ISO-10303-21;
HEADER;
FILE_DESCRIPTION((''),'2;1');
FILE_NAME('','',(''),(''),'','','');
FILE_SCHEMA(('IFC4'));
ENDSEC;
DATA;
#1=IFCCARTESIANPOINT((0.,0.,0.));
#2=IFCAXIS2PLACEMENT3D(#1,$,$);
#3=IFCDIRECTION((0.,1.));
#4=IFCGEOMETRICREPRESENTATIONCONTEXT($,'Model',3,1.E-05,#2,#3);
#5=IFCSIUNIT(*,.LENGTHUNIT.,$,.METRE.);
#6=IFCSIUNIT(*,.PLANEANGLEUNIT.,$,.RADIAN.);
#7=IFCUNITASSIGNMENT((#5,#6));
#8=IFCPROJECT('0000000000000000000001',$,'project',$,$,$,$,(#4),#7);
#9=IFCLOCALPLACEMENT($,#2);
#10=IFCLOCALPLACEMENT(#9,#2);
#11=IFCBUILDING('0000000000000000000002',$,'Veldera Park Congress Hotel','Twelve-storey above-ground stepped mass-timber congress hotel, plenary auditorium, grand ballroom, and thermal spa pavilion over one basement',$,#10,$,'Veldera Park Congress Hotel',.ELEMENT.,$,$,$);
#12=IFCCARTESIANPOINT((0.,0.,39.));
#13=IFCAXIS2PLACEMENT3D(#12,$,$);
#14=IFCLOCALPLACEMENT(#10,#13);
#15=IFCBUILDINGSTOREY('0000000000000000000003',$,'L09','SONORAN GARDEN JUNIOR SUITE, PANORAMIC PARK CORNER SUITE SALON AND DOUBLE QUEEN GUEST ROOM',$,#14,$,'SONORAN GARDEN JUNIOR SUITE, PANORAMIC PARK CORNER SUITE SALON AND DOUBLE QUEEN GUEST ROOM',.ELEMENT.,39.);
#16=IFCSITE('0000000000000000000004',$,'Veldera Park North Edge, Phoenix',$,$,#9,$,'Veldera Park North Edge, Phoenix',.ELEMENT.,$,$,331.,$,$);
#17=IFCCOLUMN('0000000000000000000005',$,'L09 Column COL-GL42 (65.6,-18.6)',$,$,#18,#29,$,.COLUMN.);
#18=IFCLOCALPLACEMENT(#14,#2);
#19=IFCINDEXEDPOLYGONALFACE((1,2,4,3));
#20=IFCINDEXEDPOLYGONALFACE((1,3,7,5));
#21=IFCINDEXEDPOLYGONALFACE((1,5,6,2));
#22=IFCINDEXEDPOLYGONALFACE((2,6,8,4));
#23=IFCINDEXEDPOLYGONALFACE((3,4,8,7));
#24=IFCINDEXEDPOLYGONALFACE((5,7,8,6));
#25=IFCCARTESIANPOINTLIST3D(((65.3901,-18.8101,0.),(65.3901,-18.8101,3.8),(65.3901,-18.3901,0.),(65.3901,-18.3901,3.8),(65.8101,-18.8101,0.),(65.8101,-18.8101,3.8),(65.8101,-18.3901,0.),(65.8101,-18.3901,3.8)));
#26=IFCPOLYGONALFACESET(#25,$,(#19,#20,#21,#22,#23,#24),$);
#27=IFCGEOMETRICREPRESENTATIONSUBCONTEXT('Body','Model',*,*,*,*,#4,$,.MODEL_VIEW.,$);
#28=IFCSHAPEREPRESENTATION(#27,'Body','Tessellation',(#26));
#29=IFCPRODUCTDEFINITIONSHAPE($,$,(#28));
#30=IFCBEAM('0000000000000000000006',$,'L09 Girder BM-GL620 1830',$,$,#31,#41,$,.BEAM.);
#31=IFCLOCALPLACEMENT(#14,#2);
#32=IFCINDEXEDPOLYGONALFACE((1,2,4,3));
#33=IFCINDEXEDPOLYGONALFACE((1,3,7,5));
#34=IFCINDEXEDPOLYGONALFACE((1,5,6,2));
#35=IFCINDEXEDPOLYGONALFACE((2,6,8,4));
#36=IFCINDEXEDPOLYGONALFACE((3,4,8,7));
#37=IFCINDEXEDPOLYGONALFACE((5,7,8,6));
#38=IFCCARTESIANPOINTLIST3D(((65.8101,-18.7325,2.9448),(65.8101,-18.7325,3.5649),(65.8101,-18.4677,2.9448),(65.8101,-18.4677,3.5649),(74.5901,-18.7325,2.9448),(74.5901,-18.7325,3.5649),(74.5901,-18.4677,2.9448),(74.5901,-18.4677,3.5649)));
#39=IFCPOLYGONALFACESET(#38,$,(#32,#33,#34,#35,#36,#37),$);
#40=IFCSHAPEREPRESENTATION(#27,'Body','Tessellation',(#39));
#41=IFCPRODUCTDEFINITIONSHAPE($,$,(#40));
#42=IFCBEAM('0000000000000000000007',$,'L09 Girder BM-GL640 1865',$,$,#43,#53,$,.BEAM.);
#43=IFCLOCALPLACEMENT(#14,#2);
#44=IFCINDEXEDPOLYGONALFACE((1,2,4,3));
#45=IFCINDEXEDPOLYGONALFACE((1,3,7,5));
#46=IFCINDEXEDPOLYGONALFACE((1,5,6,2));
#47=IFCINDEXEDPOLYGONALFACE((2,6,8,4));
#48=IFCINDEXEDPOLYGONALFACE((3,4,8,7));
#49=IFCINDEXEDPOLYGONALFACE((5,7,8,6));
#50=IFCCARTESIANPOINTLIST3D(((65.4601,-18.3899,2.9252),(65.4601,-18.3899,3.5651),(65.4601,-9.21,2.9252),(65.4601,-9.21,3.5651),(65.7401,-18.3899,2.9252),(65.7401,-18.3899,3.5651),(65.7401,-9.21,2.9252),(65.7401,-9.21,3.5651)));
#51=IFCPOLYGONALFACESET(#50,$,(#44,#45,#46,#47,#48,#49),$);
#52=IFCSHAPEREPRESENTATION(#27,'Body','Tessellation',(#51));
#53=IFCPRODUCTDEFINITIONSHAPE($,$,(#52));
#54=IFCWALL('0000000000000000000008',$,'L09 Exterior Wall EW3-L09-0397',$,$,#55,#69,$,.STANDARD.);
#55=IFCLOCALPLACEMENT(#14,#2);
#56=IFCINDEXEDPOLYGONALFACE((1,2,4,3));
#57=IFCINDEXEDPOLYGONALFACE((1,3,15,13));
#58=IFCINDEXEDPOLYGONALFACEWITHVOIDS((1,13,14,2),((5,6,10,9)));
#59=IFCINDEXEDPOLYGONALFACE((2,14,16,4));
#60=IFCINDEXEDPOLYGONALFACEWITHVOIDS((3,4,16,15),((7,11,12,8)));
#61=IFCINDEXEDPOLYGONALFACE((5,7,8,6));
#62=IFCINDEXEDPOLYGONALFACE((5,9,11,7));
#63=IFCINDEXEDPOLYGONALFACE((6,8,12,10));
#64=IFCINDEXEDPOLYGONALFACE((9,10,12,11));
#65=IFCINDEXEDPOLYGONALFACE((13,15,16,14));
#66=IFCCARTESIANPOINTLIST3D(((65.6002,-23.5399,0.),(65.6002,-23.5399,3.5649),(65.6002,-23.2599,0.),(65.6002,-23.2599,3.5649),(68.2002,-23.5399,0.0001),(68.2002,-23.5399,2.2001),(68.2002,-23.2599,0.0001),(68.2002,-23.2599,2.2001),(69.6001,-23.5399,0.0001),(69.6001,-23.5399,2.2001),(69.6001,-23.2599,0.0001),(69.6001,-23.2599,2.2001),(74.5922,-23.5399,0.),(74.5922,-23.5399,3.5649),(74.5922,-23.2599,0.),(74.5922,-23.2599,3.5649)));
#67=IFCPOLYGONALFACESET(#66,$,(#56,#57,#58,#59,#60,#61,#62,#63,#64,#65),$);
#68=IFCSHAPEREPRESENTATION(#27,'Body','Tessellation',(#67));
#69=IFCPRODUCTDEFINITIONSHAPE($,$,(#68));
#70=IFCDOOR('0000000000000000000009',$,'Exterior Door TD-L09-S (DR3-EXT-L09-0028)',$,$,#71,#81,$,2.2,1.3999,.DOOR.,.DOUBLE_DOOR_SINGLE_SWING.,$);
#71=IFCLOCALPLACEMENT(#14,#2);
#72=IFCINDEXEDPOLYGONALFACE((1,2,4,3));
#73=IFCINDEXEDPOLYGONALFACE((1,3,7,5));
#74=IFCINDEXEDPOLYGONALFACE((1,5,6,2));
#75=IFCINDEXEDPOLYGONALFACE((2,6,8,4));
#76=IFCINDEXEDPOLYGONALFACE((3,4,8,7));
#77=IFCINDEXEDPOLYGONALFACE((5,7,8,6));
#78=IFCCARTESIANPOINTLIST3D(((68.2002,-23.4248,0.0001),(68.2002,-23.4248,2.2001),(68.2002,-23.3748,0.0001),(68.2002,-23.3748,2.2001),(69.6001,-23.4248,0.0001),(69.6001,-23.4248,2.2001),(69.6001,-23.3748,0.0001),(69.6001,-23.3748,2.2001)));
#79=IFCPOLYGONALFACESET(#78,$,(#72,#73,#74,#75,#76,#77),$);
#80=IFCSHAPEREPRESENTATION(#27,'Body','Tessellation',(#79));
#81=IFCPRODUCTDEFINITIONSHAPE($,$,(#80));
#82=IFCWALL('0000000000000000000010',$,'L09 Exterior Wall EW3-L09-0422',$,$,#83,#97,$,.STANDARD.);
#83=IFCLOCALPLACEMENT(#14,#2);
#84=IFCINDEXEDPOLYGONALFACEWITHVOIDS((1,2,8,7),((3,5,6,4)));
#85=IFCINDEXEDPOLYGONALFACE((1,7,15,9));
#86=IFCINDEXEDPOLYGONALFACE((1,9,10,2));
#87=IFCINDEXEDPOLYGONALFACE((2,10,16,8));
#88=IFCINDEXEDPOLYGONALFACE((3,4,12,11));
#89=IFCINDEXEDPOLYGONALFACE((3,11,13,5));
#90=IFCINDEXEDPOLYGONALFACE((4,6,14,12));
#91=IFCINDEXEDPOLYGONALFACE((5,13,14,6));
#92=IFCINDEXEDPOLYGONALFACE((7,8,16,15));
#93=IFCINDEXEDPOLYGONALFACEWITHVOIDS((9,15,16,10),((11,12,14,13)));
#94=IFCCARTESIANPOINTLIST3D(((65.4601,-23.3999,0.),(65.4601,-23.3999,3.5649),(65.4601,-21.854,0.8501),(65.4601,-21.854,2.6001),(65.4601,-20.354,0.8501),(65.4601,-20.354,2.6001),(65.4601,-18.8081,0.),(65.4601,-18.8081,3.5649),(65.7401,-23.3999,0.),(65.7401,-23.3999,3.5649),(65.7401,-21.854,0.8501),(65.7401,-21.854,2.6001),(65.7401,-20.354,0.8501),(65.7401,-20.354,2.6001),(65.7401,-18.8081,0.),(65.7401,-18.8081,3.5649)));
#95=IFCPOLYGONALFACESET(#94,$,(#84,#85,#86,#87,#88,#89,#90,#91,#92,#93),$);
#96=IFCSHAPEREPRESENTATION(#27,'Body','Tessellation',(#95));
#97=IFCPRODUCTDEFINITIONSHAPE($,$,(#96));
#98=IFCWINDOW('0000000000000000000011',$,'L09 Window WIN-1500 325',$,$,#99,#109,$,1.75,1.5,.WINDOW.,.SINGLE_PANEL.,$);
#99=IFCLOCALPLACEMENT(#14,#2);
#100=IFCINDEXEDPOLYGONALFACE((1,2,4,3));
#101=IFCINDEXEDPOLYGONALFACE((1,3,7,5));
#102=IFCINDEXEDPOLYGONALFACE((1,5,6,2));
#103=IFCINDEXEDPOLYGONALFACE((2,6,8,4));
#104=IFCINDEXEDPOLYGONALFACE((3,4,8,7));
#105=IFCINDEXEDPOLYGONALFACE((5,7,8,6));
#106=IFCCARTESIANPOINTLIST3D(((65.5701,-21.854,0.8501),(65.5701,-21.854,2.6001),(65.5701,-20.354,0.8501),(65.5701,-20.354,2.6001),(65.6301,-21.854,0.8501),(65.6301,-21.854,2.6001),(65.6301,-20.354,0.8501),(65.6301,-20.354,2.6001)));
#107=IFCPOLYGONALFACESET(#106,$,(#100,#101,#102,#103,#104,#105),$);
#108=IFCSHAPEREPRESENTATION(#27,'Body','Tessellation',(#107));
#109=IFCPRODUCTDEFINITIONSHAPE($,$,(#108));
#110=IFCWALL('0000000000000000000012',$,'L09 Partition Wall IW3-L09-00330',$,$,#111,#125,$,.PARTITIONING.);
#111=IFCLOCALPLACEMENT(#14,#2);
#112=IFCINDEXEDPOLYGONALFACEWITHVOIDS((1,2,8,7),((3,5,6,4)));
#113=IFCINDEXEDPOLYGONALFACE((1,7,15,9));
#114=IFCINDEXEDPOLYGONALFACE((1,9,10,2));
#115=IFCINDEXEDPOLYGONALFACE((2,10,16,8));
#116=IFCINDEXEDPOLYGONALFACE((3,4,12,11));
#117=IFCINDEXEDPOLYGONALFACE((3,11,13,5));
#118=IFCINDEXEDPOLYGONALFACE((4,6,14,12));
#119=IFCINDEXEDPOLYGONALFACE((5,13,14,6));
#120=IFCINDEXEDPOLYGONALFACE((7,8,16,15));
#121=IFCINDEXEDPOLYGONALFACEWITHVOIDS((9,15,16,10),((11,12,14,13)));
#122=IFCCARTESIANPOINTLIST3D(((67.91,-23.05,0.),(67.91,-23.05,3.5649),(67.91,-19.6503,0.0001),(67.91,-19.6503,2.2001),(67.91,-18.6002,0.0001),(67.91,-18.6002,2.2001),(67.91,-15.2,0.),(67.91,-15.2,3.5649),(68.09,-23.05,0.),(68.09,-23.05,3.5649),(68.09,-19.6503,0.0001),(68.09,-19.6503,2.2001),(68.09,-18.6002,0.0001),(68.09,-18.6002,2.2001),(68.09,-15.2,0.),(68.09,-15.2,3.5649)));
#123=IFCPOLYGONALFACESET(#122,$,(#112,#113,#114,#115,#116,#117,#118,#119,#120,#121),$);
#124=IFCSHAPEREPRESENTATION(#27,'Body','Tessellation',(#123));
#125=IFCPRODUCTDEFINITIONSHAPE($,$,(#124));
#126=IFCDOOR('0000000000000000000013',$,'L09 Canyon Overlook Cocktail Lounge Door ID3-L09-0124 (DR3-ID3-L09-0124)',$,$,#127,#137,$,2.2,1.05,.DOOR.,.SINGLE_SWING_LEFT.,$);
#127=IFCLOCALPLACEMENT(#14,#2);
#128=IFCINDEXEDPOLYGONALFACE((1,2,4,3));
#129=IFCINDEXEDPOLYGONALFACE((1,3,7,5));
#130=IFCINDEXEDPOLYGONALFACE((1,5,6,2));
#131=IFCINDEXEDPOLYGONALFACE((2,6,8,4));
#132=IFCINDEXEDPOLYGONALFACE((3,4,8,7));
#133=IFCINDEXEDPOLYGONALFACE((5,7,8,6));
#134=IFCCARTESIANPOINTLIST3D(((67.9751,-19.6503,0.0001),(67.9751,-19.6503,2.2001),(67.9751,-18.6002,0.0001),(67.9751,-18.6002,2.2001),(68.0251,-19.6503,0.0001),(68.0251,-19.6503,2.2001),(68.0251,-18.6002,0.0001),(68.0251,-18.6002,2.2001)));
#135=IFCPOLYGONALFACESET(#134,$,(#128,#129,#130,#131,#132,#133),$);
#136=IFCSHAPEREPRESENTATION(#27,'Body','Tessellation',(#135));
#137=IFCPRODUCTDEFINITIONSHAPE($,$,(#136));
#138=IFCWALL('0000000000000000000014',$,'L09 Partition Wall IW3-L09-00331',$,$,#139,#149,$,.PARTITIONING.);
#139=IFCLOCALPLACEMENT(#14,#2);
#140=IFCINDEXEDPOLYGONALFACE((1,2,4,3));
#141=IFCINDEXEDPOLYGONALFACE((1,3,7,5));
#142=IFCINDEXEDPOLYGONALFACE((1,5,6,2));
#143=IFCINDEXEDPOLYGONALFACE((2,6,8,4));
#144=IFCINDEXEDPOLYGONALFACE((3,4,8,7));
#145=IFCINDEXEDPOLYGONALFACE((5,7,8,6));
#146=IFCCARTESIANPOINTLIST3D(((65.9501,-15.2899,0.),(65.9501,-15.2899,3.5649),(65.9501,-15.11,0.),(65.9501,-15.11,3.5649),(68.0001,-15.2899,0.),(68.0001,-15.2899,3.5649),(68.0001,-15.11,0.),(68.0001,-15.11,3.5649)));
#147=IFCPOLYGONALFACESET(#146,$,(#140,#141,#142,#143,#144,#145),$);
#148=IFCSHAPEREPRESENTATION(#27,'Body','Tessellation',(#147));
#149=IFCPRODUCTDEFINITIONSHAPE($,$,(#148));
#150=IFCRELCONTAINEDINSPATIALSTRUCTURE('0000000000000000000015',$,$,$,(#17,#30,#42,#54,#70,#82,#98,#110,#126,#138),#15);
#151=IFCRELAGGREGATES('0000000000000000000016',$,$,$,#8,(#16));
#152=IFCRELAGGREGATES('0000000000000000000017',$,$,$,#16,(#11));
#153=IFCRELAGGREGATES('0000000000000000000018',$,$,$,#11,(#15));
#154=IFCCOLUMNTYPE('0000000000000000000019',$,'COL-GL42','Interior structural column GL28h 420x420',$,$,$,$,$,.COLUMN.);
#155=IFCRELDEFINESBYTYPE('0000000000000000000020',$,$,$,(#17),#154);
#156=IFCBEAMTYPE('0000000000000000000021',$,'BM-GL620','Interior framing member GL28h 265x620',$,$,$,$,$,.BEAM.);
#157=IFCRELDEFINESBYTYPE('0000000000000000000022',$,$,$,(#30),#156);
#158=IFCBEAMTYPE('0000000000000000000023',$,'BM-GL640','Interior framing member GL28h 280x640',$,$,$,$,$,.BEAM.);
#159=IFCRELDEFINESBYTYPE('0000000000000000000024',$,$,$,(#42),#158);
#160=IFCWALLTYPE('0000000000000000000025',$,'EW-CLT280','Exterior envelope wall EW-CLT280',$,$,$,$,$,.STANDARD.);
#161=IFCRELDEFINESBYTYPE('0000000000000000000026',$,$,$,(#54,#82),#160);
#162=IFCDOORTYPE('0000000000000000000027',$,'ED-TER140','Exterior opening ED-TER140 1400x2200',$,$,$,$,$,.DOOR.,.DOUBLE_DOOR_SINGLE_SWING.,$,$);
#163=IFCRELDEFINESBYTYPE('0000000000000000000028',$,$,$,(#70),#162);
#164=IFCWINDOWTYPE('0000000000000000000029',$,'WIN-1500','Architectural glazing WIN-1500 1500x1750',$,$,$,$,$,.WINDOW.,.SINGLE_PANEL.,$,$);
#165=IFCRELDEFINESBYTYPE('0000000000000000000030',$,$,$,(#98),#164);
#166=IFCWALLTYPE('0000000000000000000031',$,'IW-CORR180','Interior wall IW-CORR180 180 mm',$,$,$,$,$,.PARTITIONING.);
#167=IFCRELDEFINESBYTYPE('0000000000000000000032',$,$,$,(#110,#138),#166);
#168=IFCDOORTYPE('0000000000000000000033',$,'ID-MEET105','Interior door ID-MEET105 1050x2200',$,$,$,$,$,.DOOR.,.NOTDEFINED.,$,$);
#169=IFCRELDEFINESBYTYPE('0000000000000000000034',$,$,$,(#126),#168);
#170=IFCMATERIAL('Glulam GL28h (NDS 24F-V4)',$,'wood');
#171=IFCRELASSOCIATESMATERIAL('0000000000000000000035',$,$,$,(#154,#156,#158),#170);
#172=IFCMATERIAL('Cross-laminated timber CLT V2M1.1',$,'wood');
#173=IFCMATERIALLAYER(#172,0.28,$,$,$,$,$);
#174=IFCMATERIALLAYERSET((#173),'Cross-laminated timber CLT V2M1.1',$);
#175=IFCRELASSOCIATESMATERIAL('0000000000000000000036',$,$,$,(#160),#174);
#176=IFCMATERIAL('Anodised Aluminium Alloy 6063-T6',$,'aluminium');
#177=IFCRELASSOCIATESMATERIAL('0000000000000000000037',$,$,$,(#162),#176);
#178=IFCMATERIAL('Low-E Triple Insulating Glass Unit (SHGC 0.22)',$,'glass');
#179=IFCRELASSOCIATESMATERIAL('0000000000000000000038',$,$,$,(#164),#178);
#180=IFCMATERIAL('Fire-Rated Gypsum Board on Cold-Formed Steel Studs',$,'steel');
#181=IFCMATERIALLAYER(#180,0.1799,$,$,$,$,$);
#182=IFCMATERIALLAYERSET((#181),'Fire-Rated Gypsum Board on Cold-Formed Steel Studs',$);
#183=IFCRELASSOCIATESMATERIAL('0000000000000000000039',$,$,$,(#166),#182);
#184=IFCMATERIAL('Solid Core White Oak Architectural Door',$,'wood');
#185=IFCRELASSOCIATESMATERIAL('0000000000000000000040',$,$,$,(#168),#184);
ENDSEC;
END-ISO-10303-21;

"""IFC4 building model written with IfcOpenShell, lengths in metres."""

from ifc_helpers import new_model, si_unit, direction, frame, frame_2d, origin, origin_2d, place, context, subcontext, project, spatial, rectangle, extrude, material, layer, layer_set, material_profile, profile_set, type_object, element, fill, save


model = new_model("IFC4")

# Units and contexts
model_context = context("Model", 3, precision=1e-05, world=origin(), true_north=direction((0.0, 1.0)))
body_context = subcontext(model_context, "Body", "Model", "MODEL_VIEW")
ifc_project = project(units=[si_unit("LENGTHUNIT", "METRE"), si_unit("PLANEANGLEUNIT", "RADIAN")], contexts=[model_context])

# Site, building, storey
site_placement = place(None, origin())
site = spatial("IfcSite", under=ifc_project, at=site_placement, Name="Veldera Park North Edge, Phoenix", LongName="Veldera Park North Edge, Phoenix", CompositionType="ELEMENT", RefElevation=331.0)
building_placement = place(site_placement, origin())
building = spatial("IfcBuilding", under=site, at=building_placement, Name="Veldera Park Congress Hotel", Description="Twelve-storey above-ground stepped mass-timber congress hotel, plenary auditorium, grand ballroom, and thermal spa pavilion over one basement", LongName="Veldera Park Congress Hotel", CompositionType="ELEMENT")
storey_placement = place(building_placement, frame((0.0, 0.0, 39.0)))
storey = spatial("IfcBuildingStorey", under=building, at=storey_placement, Name="L09", Description="SONORAN GARDEN JUNIOR SUITE, PANORAMIC PARK CORNER SUITE SALON AND DOUBLE QUEEN GUEST ROOM", LongName="SONORAN GARDEN JUNIOR SUITE, PANORAMIC PARK CORNER SUITE SALON AND DOUBLE QUEEN GUEST ROOM", CompositionType="ELEMENT", Elevation=39.0)

# Column
ifc_material_1 = material(Name="Glulam GL28h (NDS 24F-V4)", Category="wood")
ifc_material_profile_1 = material_profile(ifc_material_1, rectangle(XDim=0.4199, YDim=0.4199, at=origin_2d()), Name="GL28h 420x420")
ifc_profile_set_1 = profile_set([ifc_material_profile_1], Name="Glulam GL28h (NDS 24F-V4)")
column_type = type_object("IfcColumnType", Name="COL-GL42", Description="Interior structural column GL28h 420x420", PredefinedType="COLUMN", material=ifc_profile_set_1)
column_placement = place(storey_placement, frame((65.6001, -18.6001, 0.0), z_axis=(0.0, 0.0, 1.0), x_axis=(1.0, 0.0, 0.0)))
element("IfcColumn", 1, at=column_placement, inside=storey, type_object=column_type, Name="L09 Column COL-GL42 (65.6,-18.6)", PredefinedType="COLUMN", context=body_context, shape_type="SweptSolid", body=[
    extrude(rectangle(XDim=0.4199, YDim=0.4199, at=origin_2d()), origin(), (0.0, 0.0, 1.0), 3.8),
])

# Beams
ifc_material_profile_2 = material_profile(ifc_material_1, rectangle(XDim=0.2649, YDim=0.6201, at=origin_2d()), Name="GL28h 265x620")
ifc_profile_set_2 = profile_set([ifc_material_profile_2], Name="Glulam GL28h (NDS 24F-V4)")
beam_type_1 = type_object("IfcBeamType", Name="BM-GL620", Description="Interior framing member GL28h 265x620", PredefinedType="BEAM", material=ifc_profile_set_2)
beam_1_placement = place(storey_placement, frame((65.8101, -18.6001, 3.2549), z_axis=(1.0, 0.0, 0.0), x_axis=(0.0, 1.0, 0.0)))
element("IfcBeam", 2, at=beam_1_placement, inside=storey, type_object=beam_type_1, Name="L09 Girder BM-GL620 1830", PredefinedType="BEAM", context=body_context, shape_type="SweptSolid", body=[
    extrude(rectangle(XDim=0.2649, YDim=0.6201, at=origin_2d()), origin(), (0.0, 0.0, 1.0), 8.78),
])
ifc_material_profile_3 = material_profile(ifc_material_1, rectangle(XDim=0.28, YDim=0.6399, at=origin_2d()), Name="GL28h 280x640")
ifc_profile_set_3 = profile_set([ifc_material_profile_3], Name="Glulam GL28h (NDS 24F-V4)")
beam_type_2 = type_object("IfcBeamType", Name="BM-GL640", Description="Interior framing member GL28h 280x640", PredefinedType="BEAM", material=ifc_profile_set_3)
beam_2_placement = place(storey_placement, frame((65.6001, -18.3899, 3.2451), z_axis=(0.0, 1.0, 0.0), x_axis=(-1.0, 0.0, 0.0)))
element("IfcBeam", 3, at=beam_2_placement, inside=storey, type_object=beam_type_2, Name="L09 Girder BM-GL640 1865", PredefinedType="BEAM", context=body_context, shape_type="SweptSolid", body=[
    extrude(rectangle(XDim=0.28, YDim=0.6399, at=origin_2d()), origin(), (0.0, 0.0, 1.0), 9.1799),
])

# Wall, opening, door
ifc_material_2 = material(Name="Cross-laminated timber CLT V2M1.1", Category="wood")
ifc_layer_1 = layer(ifc_material_2, 0.28)
ifc_layer_set_1 = layer_set([ifc_layer_1], Name="Cross-laminated timber CLT V2M1.1")
wall_type_1 = type_object("IfcWallType", Name="EW-CLT280", Description="Exterior envelope wall EW-CLT280", PredefinedType="STANDARD", material=ifc_layer_set_1)
wall_1_placement = place(storey_placement, frame((65.6001, -23.3999, 0.0), z_axis=(0.0, 0.0, 1.0), x_axis=(1.0, 0.0, 0.0)))
wall_1 = element("IfcWall", 4, at=wall_1_placement, inside=storey, type_object=wall_type_1, Name="L09 Exterior Wall EW3-L09-0397", PredefinedType="STANDARD", context=body_context, shape_type="SweptSolid", body=[
    extrude(rectangle(XDim=8.9919, YDim=0.28, at=frame_2d((4.4961, 0.0))), origin(), (0.0, 0.0, 1.0), 3.5649),
])
opening_1_placement = place(wall_1_placement, frame((2.6001, 0.0, 0.0)))
opening_1 = element("IfcOpeningElement", 5, at=opening_1_placement, cuts=wall_1, PredefinedType="OPENING", context=body_context, shape_type="SweptSolid", body=[
    extrude(rectangle(XDim=1.3999, YDim=2.2, at=frame_2d((0.7, 1.1001))), frame((0.0, 0.1521, 0.0), z_axis=(0.0, -1.0, 0.0), x_axis=(1.0, 0.0, 0.0)), (0.0, 0.0, 1.0), 0.304),
])
ifc_material_3 = material(Name="Anodised Aluminium Alloy 6063-T6", Category="aluminium")
door_type_1 = type_object("IfcDoorType", Name="ED-TER140", Description="Exterior opening ED-TER140 1400x2200", OperationType="DOUBLE_DOOR_SINGLE_SWING", PredefinedType="DOOR", material=ifc_material_3)
door_1_placement = place(opening_1_placement, frame((1.3999, 0.0, 0.0), z_axis=(0.0, 0.0, 1.0), x_axis=(-1.0, 0.0, 0.0)))
door_1 = element("IfcDoor", 6, at=door_1_placement, inside=storey, type_object=door_type_1, Name="Exterior Door TD-L09-S (DR3-EXT-L09-0028)", OperationType="DOUBLE_DOOR_SINGLE_SWING", OverallHeight=2.2, OverallWidth=1.3999, PredefinedType="DOOR", context=body_context, shape_type="SweptSolid", body=[
    extrude(rectangle(XDim=1.3999, YDim=2.2, at=frame_2d((0.7, 1.1001))), frame((0.0, 0.0249, 0.0), z_axis=(0.0, -1.0, 0.0), x_axis=(1.0, 0.0, 0.0)), (0.0, 0.0, 1.0), 0.05),
])
fill(opening_1, door_1)

# Wall, opening, window
wall_2_placement = place(storey_placement, frame((65.6001, -18.8081, 0.0), z_axis=(0.0, 0.0, 1.0), x_axis=(0.0, -1.0, 0.0)))
wall_2 = element("IfcWall", 7, at=wall_2_placement, inside=storey, type_object=wall_type_1, Name="L09 Exterior Wall EW3-L09-0422", PredefinedType="STANDARD", context=body_context, shape_type="SweptSolid", body=[
    extrude(rectangle(XDim=4.5918, YDim=0.28, at=frame_2d((2.2959, 0.0))), origin(), (0.0, 0.0, 1.0), 3.5649),
])
opening_2_placement = place(wall_2_placement, frame((1.5459, 0.0, 0.8501)))
opening_2 = element("IfcOpeningElement", 8, at=opening_2_placement, cuts=wall_2, PredefinedType="OPENING", context=body_context, shape_type="SweptSolid", body=[
    extrude(rectangle(XDim=1.5, YDim=1.75, at=frame_2d((0.75, 0.875))), frame((0.0, 0.1521, 0.0), z_axis=(0.0, -1.0, 0.0), x_axis=(1.0, 0.0, 0.0)), (0.0, 0.0, 1.0), 0.304),
])
ifc_material_4 = material(Name="Low-E Triple Insulating Glass Unit (SHGC 0.22)", Category="glass")
window_type = type_object("IfcWindowType", Name="WIN-1500", Description="Architectural glazing WIN-1500 1500x1750", PartitioningType="SINGLE_PANEL", PredefinedType="WINDOW", material=ifc_material_4)
window_placement = place(opening_2_placement, origin())
window = element("IfcWindow", 9, at=window_placement, inside=storey, type_object=window_type, Name="L09 Window WIN-1500 325", OverallHeight=1.75, OverallWidth=1.5, PartitioningType="SINGLE_PANEL", PredefinedType="WINDOW", context=body_context, shape_type="SweptSolid", body=[
    extrude(rectangle(XDim=1.5, YDim=1.75, at=frame_2d((0.75, 0.875))), frame((0.0, 0.03, 0.0), z_axis=(0.0, -1.0, 0.0), x_axis=(1.0, 0.0, 0.0)), (0.0, 0.0, 1.0), 0.0601),
])
fill(opening_2, window)

# Wall, opening, door
ifc_material_5 = material(Name="Fire-Rated Gypsum Board on Cold-Formed Steel Studs", Category="steel")
ifc_layer_2 = layer(ifc_material_5, 0.1799)
ifc_layer_set_2 = layer_set([ifc_layer_2], Name="Fire-Rated Gypsum Board on Cold-Formed Steel Studs")
wall_type_2 = type_object("IfcWallType", Name="IW-CORR180", Description="Interior wall IW-CORR180 180 mm", PredefinedType="PARTITIONING", material=ifc_layer_set_2)
wall_3_placement = place(storey_placement, frame((68.0, -23.05, 0.0), z_axis=(0.0, 0.0, 1.0), x_axis=(0.0, 1.0, 0.0)))
wall_3 = element("IfcWall", 10, at=wall_3_placement, inside=storey, type_object=wall_type_2, Name="L09 Partition Wall IW3-L09-00330", PredefinedType="PARTITIONING", context=body_context, shape_type="SweptSolid", body=[
    extrude(rectangle(XDim=7.8501, YDim=0.1799, at=frame_2d((3.925, 0.0))), origin(), (0.0, 0.0, 1.0), 3.5649),
])
opening_3_placement = place(wall_3_placement, frame((3.3999, 0.0, 0.0)))
opening_3 = element("IfcOpeningElement", 11, at=opening_3_placement, cuts=wall_3, PredefinedType="OPENING", context=body_context, shape_type="SweptSolid", body=[
    extrude(rectangle(XDim=1.05, YDim=2.2, at=frame_2d((0.5249, 1.1001))), frame((0.0, 0.1021, 0.0), z_axis=(0.0, -1.0, 0.0), x_axis=(1.0, 0.0, 0.0)), (0.0, 0.0, 1.0), 0.2039),
])
ifc_material_6 = material(Name="Solid Core White Oak Architectural Door", Category="wood")
door_type_2 = type_object("IfcDoorType", Name="ID-MEET105", Description="Interior door ID-MEET105 1050x2200", OperationType="NOTDEFINED", PredefinedType="DOOR", material=ifc_material_6)
door_2_placement = place(opening_3_placement, origin())
door_2 = element("IfcDoor", 12, at=door_2_placement, inside=storey, type_object=door_type_2, Name="L09 Canyon Overlook Cocktail Lounge Door ID3-L09-0124 (DR3-ID3-L09-0124)", OperationType="SINGLE_SWING_LEFT", OverallHeight=2.2, OverallWidth=1.05, PredefinedType="DOOR", context=body_context, shape_type="SweptSolid", body=[
    extrude(rectangle(XDim=1.05, YDim=2.2, at=frame_2d((0.5249, 1.1001))), frame((0.0, 0.0249, 0.0), z_axis=(0.0, -1.0, 0.0), x_axis=(1.0, 0.0, 0.0)), (0.0, 0.0, 1.0), 0.05),
])
fill(opening_3, door_2)

# Wall
wall_4_placement = place(storey_placement, frame((68.0, -15.2, 0.0), z_axis=(0.0, 0.0, 1.0), x_axis=(-1.0, 0.0, 0.0)))
element("IfcWall", 13, at=wall_4_placement, inside=storey, type_object=wall_type_2, Name="L09 Partition Wall IW3-L09-00331", PredefinedType="PARTITIONING", context=body_context, shape_type="SweptSolid", body=[
    extrude(rectangle(XDim=2.05, YDim=0.1799, at=frame_2d((1.0249, 0.0))), origin(), (0.0, 0.0, 1.0), 3.5649),
])

save(model, "model.ifc")
